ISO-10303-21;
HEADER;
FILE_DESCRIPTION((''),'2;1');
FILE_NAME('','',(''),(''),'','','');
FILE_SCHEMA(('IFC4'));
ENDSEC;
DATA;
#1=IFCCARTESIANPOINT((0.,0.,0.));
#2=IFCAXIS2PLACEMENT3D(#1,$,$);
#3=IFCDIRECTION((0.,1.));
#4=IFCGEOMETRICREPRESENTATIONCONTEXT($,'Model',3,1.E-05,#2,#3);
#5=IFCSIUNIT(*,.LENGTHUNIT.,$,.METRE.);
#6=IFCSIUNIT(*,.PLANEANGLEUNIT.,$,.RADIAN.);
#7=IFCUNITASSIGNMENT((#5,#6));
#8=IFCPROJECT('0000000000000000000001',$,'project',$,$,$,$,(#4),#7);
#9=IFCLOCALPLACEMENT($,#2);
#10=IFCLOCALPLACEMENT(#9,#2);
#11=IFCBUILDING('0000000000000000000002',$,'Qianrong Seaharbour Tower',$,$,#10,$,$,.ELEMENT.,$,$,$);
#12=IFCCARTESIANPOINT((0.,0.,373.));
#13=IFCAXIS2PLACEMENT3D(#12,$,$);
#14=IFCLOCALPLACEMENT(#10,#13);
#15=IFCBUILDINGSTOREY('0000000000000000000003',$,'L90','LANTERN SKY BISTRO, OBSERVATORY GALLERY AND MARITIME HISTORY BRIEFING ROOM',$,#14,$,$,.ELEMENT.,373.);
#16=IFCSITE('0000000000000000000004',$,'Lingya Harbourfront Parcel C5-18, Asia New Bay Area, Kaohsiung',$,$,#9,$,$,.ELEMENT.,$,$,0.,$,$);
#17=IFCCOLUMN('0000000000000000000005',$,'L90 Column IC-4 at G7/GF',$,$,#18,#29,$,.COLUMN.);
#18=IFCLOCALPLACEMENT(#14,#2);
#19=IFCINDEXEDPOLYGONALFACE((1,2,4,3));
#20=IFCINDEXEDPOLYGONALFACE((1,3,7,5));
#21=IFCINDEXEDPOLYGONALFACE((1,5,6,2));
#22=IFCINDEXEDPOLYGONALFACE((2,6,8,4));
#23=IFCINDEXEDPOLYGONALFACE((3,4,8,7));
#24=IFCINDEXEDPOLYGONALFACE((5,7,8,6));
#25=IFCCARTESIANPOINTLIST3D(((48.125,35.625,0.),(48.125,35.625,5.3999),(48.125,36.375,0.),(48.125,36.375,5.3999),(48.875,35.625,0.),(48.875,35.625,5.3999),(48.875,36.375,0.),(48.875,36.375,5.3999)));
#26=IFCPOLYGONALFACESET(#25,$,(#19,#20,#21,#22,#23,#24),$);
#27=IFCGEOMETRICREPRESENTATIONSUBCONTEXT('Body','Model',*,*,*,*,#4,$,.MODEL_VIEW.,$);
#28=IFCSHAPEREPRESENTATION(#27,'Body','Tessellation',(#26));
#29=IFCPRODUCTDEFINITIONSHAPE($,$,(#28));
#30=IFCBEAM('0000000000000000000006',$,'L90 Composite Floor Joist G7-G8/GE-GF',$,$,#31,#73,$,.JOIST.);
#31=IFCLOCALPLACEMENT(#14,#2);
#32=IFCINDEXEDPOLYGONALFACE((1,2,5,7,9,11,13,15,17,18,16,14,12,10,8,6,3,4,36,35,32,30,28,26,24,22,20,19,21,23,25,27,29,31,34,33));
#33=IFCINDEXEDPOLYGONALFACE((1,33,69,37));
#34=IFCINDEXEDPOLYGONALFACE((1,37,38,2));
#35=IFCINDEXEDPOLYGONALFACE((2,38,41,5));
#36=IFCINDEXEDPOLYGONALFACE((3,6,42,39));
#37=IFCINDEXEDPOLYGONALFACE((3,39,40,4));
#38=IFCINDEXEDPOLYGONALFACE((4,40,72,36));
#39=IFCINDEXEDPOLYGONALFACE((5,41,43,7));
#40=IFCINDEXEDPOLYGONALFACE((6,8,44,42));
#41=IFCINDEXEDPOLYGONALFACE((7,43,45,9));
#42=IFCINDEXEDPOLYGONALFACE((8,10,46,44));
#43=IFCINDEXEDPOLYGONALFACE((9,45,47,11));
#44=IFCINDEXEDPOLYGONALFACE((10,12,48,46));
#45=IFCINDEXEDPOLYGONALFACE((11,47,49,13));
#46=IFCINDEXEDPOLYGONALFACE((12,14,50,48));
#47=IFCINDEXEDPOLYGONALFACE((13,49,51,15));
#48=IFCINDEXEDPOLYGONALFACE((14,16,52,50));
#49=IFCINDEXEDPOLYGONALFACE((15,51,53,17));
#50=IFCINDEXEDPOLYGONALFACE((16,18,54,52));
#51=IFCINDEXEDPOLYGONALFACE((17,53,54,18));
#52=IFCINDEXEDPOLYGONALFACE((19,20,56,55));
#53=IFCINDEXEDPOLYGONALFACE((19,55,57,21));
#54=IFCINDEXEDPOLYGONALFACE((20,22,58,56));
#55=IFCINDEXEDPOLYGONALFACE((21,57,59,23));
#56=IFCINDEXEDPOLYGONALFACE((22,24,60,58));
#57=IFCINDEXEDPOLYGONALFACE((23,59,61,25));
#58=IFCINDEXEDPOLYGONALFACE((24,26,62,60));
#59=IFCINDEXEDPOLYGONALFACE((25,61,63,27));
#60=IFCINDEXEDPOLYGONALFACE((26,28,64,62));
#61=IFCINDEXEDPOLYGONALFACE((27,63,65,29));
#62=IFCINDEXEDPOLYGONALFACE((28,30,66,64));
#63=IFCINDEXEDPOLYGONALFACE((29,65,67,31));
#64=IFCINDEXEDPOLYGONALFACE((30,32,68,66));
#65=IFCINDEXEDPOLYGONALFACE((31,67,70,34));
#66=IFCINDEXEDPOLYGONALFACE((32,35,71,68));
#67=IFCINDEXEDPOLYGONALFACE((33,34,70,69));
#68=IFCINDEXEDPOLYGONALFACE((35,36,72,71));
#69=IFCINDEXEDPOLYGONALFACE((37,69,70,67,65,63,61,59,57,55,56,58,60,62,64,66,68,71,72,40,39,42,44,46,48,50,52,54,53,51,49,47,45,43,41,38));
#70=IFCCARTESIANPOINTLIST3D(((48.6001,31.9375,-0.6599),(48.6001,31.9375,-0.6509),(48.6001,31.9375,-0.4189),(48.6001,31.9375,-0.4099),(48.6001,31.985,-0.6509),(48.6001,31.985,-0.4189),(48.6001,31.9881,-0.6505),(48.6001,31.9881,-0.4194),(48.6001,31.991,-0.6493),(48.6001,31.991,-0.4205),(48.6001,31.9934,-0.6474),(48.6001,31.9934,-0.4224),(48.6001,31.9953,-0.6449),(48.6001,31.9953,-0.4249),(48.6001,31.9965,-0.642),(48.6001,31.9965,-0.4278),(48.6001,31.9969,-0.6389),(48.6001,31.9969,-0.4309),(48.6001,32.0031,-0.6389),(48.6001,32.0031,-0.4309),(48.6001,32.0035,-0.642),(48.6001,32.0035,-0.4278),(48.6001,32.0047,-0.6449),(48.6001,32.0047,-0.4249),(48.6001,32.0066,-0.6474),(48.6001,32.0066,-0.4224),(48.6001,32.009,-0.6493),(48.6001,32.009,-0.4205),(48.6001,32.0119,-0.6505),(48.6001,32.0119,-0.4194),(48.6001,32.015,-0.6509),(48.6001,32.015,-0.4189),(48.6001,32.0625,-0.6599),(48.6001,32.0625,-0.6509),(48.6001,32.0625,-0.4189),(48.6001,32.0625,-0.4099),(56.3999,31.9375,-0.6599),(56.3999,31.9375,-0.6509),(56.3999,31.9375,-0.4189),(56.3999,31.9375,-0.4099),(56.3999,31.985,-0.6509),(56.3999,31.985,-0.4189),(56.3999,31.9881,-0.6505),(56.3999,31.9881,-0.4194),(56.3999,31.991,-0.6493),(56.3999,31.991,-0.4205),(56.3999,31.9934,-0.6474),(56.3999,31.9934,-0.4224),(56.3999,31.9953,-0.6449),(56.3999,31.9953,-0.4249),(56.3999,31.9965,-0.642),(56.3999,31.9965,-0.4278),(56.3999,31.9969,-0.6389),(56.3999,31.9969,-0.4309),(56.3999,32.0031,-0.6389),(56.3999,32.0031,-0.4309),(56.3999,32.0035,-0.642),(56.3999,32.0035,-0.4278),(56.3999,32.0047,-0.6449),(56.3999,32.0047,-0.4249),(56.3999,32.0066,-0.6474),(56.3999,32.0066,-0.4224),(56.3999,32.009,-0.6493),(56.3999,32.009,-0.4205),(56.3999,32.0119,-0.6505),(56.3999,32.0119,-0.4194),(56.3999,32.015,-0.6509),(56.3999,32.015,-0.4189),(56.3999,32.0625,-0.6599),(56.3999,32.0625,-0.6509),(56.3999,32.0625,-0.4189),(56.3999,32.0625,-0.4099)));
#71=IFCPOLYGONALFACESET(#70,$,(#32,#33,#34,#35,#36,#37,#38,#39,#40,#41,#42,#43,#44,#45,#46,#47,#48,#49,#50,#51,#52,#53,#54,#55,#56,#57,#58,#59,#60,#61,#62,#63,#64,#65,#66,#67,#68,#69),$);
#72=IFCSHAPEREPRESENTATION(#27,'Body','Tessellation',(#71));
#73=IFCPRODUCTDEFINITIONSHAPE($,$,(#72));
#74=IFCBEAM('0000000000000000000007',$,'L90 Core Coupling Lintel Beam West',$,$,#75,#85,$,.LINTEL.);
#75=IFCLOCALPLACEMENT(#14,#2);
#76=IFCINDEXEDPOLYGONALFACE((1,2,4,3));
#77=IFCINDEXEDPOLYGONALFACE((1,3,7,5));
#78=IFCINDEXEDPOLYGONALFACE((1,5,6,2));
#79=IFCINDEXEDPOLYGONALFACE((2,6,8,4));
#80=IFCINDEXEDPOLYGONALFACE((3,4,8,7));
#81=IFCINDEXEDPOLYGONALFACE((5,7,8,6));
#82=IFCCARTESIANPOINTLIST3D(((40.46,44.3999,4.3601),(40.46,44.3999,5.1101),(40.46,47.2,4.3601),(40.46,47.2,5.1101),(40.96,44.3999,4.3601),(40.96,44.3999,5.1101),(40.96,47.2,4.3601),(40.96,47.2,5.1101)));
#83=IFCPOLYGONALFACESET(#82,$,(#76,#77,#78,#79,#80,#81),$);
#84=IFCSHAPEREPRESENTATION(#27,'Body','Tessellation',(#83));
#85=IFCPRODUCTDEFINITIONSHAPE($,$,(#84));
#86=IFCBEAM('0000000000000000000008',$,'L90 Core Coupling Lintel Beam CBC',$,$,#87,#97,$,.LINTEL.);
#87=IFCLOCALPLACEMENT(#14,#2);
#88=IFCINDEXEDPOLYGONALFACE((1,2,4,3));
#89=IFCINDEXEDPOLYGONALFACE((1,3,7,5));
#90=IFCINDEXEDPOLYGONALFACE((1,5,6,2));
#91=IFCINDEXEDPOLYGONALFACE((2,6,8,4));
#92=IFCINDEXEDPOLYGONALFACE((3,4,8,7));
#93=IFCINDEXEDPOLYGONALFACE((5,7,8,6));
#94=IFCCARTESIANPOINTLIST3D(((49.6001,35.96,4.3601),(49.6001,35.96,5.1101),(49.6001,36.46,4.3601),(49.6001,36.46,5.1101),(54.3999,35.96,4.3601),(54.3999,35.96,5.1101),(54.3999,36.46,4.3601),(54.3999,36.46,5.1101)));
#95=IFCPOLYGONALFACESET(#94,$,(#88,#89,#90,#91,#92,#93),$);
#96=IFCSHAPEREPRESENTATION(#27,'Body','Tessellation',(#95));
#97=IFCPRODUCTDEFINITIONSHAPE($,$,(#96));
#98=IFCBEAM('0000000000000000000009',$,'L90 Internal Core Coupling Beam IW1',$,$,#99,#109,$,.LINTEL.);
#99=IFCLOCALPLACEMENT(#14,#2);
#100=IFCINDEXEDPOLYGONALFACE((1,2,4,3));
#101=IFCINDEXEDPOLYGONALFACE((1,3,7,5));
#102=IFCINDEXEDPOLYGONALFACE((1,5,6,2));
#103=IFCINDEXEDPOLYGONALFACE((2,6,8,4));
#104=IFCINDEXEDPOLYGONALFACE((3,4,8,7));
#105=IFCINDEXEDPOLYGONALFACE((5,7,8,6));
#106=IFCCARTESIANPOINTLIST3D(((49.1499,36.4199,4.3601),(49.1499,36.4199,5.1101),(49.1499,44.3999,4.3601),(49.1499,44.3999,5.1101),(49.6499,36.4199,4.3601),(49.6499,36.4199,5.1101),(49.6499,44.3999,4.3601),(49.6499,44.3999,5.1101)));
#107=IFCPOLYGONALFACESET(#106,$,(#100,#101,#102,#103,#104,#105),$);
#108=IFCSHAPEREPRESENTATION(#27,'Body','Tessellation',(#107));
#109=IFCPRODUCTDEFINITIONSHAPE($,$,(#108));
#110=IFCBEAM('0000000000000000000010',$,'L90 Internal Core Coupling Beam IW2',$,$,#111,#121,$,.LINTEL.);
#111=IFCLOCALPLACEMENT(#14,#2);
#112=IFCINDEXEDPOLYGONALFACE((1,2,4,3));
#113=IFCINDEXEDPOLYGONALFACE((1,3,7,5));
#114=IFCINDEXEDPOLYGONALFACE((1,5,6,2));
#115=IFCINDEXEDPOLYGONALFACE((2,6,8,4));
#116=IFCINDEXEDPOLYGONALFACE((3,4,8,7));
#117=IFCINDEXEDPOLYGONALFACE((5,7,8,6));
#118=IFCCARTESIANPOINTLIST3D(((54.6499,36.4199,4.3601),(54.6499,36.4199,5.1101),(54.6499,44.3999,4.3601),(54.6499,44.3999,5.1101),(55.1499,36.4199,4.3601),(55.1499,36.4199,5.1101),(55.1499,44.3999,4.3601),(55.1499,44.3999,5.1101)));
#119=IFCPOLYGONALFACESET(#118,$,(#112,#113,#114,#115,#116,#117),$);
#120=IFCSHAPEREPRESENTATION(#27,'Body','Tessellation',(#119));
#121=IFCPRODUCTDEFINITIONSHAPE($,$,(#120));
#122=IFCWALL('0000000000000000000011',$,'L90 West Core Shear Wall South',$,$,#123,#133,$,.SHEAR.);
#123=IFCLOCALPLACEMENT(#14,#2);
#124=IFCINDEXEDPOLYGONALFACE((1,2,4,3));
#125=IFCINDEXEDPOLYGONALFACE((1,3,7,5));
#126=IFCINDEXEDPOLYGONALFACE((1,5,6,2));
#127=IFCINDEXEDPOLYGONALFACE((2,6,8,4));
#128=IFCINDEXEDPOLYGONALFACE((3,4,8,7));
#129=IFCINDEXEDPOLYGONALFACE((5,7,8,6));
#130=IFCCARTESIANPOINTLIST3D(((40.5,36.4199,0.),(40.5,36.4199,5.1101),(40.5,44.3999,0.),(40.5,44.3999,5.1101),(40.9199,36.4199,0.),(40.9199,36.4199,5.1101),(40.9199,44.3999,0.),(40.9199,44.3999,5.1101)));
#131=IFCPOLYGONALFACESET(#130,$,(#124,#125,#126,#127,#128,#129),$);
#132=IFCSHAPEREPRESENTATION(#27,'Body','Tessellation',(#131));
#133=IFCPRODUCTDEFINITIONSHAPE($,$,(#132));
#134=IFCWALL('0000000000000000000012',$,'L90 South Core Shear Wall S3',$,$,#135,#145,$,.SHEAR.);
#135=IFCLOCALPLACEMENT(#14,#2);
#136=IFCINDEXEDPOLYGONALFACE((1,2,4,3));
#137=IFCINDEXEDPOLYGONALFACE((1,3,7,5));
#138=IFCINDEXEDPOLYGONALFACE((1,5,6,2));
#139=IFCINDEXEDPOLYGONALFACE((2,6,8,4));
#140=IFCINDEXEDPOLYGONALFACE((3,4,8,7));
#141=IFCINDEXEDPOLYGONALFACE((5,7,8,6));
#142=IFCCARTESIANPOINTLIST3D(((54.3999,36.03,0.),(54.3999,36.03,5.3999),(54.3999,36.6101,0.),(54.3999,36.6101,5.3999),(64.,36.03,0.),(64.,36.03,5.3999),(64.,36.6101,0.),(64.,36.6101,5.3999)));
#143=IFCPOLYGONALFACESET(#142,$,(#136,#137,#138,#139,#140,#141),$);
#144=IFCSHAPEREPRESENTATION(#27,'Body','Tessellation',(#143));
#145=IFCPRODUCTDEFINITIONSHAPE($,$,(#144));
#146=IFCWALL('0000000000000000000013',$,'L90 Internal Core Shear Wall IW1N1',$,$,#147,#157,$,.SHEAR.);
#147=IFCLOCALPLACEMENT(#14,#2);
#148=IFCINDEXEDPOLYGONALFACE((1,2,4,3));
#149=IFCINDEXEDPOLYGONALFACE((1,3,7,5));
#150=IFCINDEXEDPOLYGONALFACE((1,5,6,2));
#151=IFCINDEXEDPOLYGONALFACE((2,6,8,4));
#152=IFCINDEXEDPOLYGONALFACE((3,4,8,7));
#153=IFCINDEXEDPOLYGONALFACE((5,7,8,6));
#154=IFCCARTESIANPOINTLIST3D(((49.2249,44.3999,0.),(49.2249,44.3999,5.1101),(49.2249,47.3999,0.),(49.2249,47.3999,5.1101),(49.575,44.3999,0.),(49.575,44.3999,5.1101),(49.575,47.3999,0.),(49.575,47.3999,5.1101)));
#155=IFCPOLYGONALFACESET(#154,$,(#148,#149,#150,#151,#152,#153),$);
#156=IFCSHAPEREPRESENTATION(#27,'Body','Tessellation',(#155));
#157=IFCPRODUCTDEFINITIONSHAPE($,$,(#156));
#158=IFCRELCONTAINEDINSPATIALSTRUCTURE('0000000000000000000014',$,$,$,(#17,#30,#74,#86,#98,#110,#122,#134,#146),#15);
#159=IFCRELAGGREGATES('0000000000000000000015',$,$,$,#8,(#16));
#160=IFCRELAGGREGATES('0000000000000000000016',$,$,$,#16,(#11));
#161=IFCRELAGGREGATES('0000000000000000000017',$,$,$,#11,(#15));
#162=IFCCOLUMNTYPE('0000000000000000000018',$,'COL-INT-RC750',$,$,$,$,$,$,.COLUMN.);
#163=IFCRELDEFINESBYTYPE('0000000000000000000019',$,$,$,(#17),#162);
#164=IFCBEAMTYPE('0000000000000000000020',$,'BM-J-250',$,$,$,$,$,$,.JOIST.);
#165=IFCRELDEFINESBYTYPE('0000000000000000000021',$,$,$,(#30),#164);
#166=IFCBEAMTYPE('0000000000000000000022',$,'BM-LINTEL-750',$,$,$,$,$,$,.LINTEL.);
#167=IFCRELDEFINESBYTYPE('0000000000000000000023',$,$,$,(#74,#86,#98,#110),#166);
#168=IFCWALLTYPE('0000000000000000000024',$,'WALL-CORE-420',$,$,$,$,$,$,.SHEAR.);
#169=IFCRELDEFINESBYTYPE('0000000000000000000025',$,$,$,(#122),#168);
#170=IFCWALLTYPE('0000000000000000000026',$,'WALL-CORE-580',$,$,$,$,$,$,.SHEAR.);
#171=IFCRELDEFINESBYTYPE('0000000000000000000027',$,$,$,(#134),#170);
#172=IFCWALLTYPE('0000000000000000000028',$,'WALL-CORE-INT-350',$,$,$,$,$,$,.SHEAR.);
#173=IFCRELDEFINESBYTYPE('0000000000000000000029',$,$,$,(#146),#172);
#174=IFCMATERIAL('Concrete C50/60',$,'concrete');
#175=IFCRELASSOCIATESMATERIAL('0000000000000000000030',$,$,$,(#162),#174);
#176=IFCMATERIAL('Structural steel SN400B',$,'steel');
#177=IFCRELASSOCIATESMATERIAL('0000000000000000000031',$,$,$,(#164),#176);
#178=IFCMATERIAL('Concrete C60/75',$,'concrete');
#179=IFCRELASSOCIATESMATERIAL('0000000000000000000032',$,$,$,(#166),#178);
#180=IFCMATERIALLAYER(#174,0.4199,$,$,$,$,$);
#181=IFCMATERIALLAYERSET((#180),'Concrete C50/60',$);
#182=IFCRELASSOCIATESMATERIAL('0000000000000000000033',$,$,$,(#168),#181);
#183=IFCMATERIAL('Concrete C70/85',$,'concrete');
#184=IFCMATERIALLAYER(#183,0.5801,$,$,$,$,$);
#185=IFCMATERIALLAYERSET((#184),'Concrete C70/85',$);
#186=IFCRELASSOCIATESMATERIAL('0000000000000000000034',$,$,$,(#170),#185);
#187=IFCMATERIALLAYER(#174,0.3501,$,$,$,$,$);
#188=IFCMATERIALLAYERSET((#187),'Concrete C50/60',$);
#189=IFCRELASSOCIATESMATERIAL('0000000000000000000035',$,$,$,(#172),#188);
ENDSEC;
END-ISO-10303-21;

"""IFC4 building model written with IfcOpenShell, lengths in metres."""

from ifc_helpers import new_model, si_unit, direction, frame, frame_2d, origin, origin_2d, place, context, subcontext, project, spatial, rectangle, i_section, extrude, material, layer, layer_set, material_profile, profile_set, type_object, element, save


model = new_model("IFC4")

# Units and contexts
model_context = context("Model", 3, precision=1e-05, world=origin(), true_north=direction((0.0, 1.0)))
body_context = subcontext(model_context, "Body", "Model", "MODEL_VIEW")
ifc_project = project(units=[si_unit("LENGTHUNIT", "METRE"), si_unit("PLANEANGLEUNIT", "RADIAN")], contexts=[model_context])

# Site, building, storey
site_placement = place(None, origin())
site = spatial("IfcSite", under=ifc_project, at=site_placement, Name="Lingya Harbourfront Parcel C5-18, Asia New Bay Area, Kaohsiung", CompositionType="ELEMENT", RefElevation=0.0)
building_placement = place(site_placement, origin())
building = spatial("IfcBuilding", under=site, at=building_placement, Name="Qianrong Seaharbour Tower", CompositionType="ELEMENT")
storey_placement = place(building_placement, frame((0.0, 0.0, 373.0)))
storey = spatial("IfcBuildingStorey", under=building, at=storey_placement, Name="L90", Description="LANTERN SKY BISTRO, OBSERVATORY GALLERY AND MARITIME HISTORY BRIEFING ROOM", CompositionType="ELEMENT", Elevation=373.0)

# Column
ifc_material_1 = material(Name="Concrete C50/60", Category="concrete")
ifc_material_profile_1 = material_profile(ifc_material_1, rectangle(XDim=0.75, YDim=0.75, at=origin_2d()), Name="RC750x750")
ifc_profile_set_1 = profile_set([ifc_material_profile_1], Name="Concrete C50/60")
column_type = type_object("IfcColumnType", Name="COL-INT-RC750", PredefinedType="COLUMN", material=ifc_profile_set_1)
column_placement = place(storey_placement, frame((48.5, 36.0, 0.0), z_axis=(0.0, 0.0, 1.0), x_axis=(1.0, 0.0, 0.0)))
element("IfcColumn", 1, at=column_placement, inside=storey, type_object=column_type, Name="L90 Column IC-4 at G7/GF", PredefinedType="COLUMN", context=body_context, shape_type="SweptSolid", body=[
    extrude(rectangle(XDim=0.75, YDim=0.75, at=origin_2d()), origin(), (0.0, 0.0, 1.0), 5.3999),
])

# Beams
ifc_material_2 = material(Name="Structural steel SN400B", Category="steel")
ifc_material_profile_2 = material_profile(ifc_material_2, i_section(OverallWidth=0.125, OverallDepth=0.25, WebThickness=0.0061, FlangeThickness=0.009, FilletRadius=0.012, at=origin_2d()), Name="H250x125x6x9")
ifc_profile_set_2 = profile_set([ifc_material_profile_2], Name="Structural steel SN400B")
beam_type_1 = type_object("IfcBeamType", Name="BM-J-250", PredefinedType="JOIST", material=ifc_profile_set_2)
beam_1_placement = place(storey_placement, frame((48.6001, 32.0, -0.5349), z_axis=(1.0, 0.0, 0.0), x_axis=(0.0, 1.0, 0.0)))
element("IfcBeam", 2, at=beam_1_placement, inside=storey, type_object=beam_type_1, Name="L90 Composite Floor Joist G7-G8/GE-GF", PredefinedType="JOIST", context=body_context, shape_type="SweptSolid", body=[
    extrude(i_section(OverallWidth=0.125, OverallDepth=0.25, WebThickness=0.0061, FlangeThickness=0.009, FilletRadius=0.012, at=origin_2d()), origin(), (0.0, 0.0, 1.0), 7.7998),
])
ifc_material_3 = material(Name="Concrete C60/75", Category="concrete")
ifc_material_profile_3 = material_profile(ifc_material_3, rectangle(XDim=0.5, YDim=0.75, at=origin_2d()), Name="RC500x750")
ifc_profile_set_3 = profile_set([ifc_material_profile_3], Name="Concrete C60/75")
beam_type_2 = type_object("IfcBeamType", Name="BM-LINTEL-750", PredefinedType="LINTEL", material=ifc_profile_set_3)
beam_2_placement = place(storey_placement, frame((40.71, 44.3999, 4.7351), z_axis=(0.0, 1.0, 0.0), x_axis=(-1.0, 0.0, 0.0)))
element("IfcBeam", 3, at=beam_2_placement, inside=storey, type_object=beam_type_2, Name="L90 Core Coupling Lintel Beam West", PredefinedType="LINTEL", context=body_context, shape_type="SweptSolid", body=[
    extrude(rectangle(XDim=0.5, YDim=0.75, at=origin_2d()), origin(), (0.0, 0.0, 1.0), 2.8),
])
beam_3_placement = place(storey_placement, frame((49.6001, 36.21, 4.7351), z_axis=(1.0, 0.0, 0.0), x_axis=(0.0, 1.0, 0.0)))
element("IfcBeam", 4, at=beam_3_placement, inside=storey, type_object=beam_type_2, Name="L90 Core Coupling Lintel Beam CBC", PredefinedType="LINTEL", context=body_context, shape_type="SweptSolid", body=[
    extrude(rectangle(XDim=0.5, YDim=0.75, at=origin_2d()), origin(), (0.0, 0.0, 1.0), 4.7998),
])
for number, where, z_axis, x_axis, name in (
    (5, (49.3999, 36.4199, 4.7351), (0.0, 1.0, 0.0), (-1.0, 0.0, 0.0), "L90 Internal Core Coupling Beam IW1"),
    (6, (54.8999, 36.4199, 4.7351), (0.0, 1.0, 0.0), (-1.0, 0.0, 0.0), "L90 Internal Core Coupling Beam IW2"),
):
    element("IfcBeam", number, at=place(storey_placement, frame(where, z_axis=z_axis, x_axis=x_axis)), inside=storey, type_object=beam_type_2, Name=name, PredefinedType="LINTEL", context=body_context, shape_type="SweptSolid", body=[
        extrude(rectangle(XDim=0.5, YDim=0.75, at=origin_2d()), origin(), (0.0, 0.0, 1.0), 7.98),
    ])

# Walls
ifc_layer_1 = layer(ifc_material_1, 0.4199)
ifc_layer_set_1 = layer_set([ifc_layer_1], Name="Concrete C50/60")
wall_type_1 = type_object("IfcWallType", Name="WALL-CORE-420", PredefinedType="SHEAR", material=ifc_layer_set_1)
wall_1_placement = place(storey_placement, frame((40.71, 36.4199, 0.0), z_axis=(0.0, 0.0, 1.0), x_axis=(0.0, 1.0, 0.0)))
element("IfcWall", 7, at=wall_1_placement, inside=storey, type_object=wall_type_1, Name="L90 West Core Shear Wall South", PredefinedType="SHEAR", context=body_context, shape_type="SweptSolid", body=[
    extrude(rectangle(XDim=7.98, YDim=0.4199, at=frame_2d((3.99, 0.0))), origin(), (0.0, 0.0, 1.0), 5.1101),
])
ifc_material_4 = material(Name="Concrete C70/85", Category="concrete")
ifc_layer_2 = layer(ifc_material_4, 0.5801)
ifc_layer_set_2 = layer_set([ifc_layer_2], Name="Concrete C70/85")
wall_type_2 = type_object("IfcWallType", Name="WALL-CORE-580", PredefinedType="SHEAR", material=ifc_layer_set_2)
wall_2_placement = place(storey_placement, frame((54.3999, 36.3201, 0.0), z_axis=(0.0, 0.0, 1.0), x_axis=(1.0, 0.0, 0.0)))
element("IfcWall", 8, at=wall_2_placement, inside=storey, type_object=wall_type_2, Name="L90 South Core Shear Wall S3", PredefinedType="SHEAR", context=body_context, shape_type="SweptSolid", body=[
    extrude(rectangle(XDim=9.6001, YDim=0.5801, at=frame_2d((4.8, 0.0))), origin(), (0.0, 0.0, 1.0), 5.3999),
])
ifc_layer_3 = layer(ifc_material_1, 0.3501)
ifc_layer_set_3 = layer_set([ifc_layer_3], Name="Concrete C50/60")
wall_type_3 = type_object("IfcWallType", Name="WALL-CORE-INT-350", PredefinedType="SHEAR", material=ifc_layer_set_3)
wall_3_placement = place(storey_placement, frame((49.3999, 44.3999, 0.0), z_axis=(0.0, 0.0, 1.0), x_axis=(0.0, 1.0, 0.0)))
element("IfcWall", 9, at=wall_3_placement, inside=storey, type_object=wall_type_3, Name="L90 Internal Core Shear Wall IW1N1", PredefinedType="SHEAR", context=body_context, shape_type="SweptSolid", body=[
    extrude(rectangle(XDim=3.0, YDim=0.3501, at=frame_2d((1.5, 0.0))), origin(), (0.0, 0.0, 1.0), 5.1101),
])

save(model, "model.ifc")
